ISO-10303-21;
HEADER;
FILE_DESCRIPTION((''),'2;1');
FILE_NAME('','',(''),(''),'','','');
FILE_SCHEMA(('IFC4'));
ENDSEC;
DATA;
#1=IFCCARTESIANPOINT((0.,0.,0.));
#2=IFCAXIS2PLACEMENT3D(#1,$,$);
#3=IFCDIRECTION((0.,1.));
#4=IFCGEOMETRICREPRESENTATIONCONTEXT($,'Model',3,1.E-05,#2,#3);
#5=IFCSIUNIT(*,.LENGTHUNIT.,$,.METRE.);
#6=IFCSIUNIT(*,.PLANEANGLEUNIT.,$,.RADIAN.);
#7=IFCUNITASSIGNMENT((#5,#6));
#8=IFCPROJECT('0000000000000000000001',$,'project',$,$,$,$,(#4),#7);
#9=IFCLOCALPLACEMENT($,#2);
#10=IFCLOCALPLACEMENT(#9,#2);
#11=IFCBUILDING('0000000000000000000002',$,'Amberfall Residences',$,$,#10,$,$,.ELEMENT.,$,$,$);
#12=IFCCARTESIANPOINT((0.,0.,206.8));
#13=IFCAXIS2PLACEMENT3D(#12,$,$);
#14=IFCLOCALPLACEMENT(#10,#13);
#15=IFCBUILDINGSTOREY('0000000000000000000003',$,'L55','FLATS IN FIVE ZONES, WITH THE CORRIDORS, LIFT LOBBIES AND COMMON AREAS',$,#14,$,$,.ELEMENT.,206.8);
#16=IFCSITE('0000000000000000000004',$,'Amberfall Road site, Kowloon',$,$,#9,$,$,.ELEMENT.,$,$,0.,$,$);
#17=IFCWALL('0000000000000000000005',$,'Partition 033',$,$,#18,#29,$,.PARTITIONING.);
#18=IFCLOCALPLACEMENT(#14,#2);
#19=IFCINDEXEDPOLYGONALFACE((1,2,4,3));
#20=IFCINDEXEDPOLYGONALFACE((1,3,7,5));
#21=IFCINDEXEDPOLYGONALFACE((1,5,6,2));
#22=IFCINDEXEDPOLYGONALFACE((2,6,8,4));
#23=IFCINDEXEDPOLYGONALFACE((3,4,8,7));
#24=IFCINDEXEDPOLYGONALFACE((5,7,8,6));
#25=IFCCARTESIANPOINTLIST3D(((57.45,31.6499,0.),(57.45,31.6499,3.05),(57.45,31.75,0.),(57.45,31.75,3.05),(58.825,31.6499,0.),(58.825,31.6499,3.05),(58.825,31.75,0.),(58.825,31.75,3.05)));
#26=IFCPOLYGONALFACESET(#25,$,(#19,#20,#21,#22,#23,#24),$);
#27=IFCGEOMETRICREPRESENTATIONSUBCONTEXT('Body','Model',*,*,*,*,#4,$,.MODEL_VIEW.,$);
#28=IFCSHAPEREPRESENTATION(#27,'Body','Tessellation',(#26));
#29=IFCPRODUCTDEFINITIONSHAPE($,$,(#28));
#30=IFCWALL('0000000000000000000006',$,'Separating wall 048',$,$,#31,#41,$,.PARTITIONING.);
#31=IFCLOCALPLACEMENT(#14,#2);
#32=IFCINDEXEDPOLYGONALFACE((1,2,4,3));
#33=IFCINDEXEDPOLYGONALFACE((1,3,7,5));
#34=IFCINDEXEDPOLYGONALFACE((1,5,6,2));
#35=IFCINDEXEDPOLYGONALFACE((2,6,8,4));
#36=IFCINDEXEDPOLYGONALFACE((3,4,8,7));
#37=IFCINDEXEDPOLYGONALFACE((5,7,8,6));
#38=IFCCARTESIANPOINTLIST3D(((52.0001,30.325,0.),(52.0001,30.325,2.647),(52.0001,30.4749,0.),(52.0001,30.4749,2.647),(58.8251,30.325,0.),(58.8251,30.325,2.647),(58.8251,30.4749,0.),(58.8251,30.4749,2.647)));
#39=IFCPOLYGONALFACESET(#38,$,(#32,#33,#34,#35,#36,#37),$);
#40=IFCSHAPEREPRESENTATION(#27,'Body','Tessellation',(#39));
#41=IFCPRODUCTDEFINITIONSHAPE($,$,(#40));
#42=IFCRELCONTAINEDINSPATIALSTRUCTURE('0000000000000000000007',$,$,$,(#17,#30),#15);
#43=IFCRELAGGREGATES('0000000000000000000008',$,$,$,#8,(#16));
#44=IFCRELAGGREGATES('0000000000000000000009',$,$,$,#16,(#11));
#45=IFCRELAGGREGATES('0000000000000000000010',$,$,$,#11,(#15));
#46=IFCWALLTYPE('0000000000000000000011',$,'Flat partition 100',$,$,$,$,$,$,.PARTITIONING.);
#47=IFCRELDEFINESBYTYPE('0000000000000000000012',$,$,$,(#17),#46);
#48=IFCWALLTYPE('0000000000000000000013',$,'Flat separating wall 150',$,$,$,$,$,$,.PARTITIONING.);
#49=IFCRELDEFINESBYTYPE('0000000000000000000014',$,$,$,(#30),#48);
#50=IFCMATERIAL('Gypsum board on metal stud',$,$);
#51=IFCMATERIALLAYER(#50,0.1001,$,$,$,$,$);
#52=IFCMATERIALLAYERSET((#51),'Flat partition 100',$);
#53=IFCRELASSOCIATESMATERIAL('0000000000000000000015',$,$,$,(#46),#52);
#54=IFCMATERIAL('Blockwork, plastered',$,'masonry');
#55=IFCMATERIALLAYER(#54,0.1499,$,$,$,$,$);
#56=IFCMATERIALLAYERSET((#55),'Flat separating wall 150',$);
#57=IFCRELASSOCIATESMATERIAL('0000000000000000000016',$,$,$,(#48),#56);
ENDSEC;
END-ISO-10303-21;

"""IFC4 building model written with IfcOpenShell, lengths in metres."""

from ifc_helpers import new_model, si_unit, direction, frame, frame_2d, origin, place, context, subcontext, project, spatial, rectangle, extrude, material, layer, layer_set, type_object, element, save


model = new_model("IFC4")

# Units and contexts
model_context = context("Model", 3, precision=1e-05, world=origin(), true_north=direction((0.0, 1.0)))
body_context = subcontext(model_context, "Body", "Model", "MODEL_VIEW")
ifc_project = project(units=[si_unit("LENGTHUNIT", "METRE"), si_unit("PLANEANGLEUNIT", "RADIAN")], contexts=[model_context])

# Site, building, storey
site_placement = place(None, origin())
site = spatial("IfcSite", under=ifc_project, at=site_placement, Name="Amberfall Road site, Kowloon", CompositionType="ELEMENT", RefElevation=0.0)
building_placement = place(site_placement, origin())
building = spatial("IfcBuilding", under=site, at=building_placement, Name="Amberfall Residences", CompositionType="ELEMENT")
storey_placement = place(building_placement, frame((0.0, 0.0, 206.8)))
storey = spatial("IfcBuildingStorey", under=building, at=storey_placement, Name="L55", Description="FLATS IN FIVE ZONES, WITH THE CORRIDORS, LIFT LOBBIES AND COMMON AREAS", CompositionType="ELEMENT", Elevation=206.8)

# Shared definitions
ifc_material_1 = material(Name="Gypsum board on metal stud")
ifc_layer_1 = layer(ifc_material_1, 0.1001)
ifc_layer_set_1 = layer_set([ifc_layer_1], Name="Flat partition 100")
wall_type_1 = type_object("IfcWallType", Name="Flat partition 100", PredefinedType="PARTITIONING", material=ifc_layer_set_1)

# Walls
wall_1_placement = place(storey_placement, frame((57.45, 31.7, 0.0), z_axis=(0.0, 0.0, 1.0), x_axis=(1.0, 0.0, 0.0)))
element("IfcWall", 1, at=wall_1_placement, inside=storey, type_object=wall_type_1, Name="Partition 033", PredefinedType="PARTITIONING", context=body_context, shape_type="SweptSolid", body=[
    extrude(rectangle(XDim=1.375, YDim=0.1001, at=frame_2d((0.6875, 0.0))), origin(), (0.0, 0.0, 1.0), 3.05),
])
ifc_material_2 = material(Name="Blockwork, plastered", Category="masonry")
ifc_layer_2 = layer(ifc_material_2, 0.1499)
ifc_layer_set_2 = layer_set([ifc_layer_2], Name="Flat separating wall 150")
wall_type_2 = type_object("IfcWallType", Name="Flat separating wall 150", PredefinedType="PARTITIONING", material=ifc_layer_set_2)
wall_2_placement = place(storey_placement, frame((52.0, 30.3999, 0.0), z_axis=(0.0, 0.0, 1.0), x_axis=(1.0, 0.0, 0.0)))
element("IfcWall", 2, at=wall_2_placement, inside=storey, type_object=wall_type_2, Name="Separating wall 048", PredefinedType="PARTITIONING", context=body_context, shape_type="SweptSolid", body=[
    extrude(rectangle(XDim=6.825, YDim=0.1499, at=frame_2d((3.4126, 0.0))), origin(), (0.0, 0.0, 1.0), 2.647),
])

save(model, "model.ifc")
